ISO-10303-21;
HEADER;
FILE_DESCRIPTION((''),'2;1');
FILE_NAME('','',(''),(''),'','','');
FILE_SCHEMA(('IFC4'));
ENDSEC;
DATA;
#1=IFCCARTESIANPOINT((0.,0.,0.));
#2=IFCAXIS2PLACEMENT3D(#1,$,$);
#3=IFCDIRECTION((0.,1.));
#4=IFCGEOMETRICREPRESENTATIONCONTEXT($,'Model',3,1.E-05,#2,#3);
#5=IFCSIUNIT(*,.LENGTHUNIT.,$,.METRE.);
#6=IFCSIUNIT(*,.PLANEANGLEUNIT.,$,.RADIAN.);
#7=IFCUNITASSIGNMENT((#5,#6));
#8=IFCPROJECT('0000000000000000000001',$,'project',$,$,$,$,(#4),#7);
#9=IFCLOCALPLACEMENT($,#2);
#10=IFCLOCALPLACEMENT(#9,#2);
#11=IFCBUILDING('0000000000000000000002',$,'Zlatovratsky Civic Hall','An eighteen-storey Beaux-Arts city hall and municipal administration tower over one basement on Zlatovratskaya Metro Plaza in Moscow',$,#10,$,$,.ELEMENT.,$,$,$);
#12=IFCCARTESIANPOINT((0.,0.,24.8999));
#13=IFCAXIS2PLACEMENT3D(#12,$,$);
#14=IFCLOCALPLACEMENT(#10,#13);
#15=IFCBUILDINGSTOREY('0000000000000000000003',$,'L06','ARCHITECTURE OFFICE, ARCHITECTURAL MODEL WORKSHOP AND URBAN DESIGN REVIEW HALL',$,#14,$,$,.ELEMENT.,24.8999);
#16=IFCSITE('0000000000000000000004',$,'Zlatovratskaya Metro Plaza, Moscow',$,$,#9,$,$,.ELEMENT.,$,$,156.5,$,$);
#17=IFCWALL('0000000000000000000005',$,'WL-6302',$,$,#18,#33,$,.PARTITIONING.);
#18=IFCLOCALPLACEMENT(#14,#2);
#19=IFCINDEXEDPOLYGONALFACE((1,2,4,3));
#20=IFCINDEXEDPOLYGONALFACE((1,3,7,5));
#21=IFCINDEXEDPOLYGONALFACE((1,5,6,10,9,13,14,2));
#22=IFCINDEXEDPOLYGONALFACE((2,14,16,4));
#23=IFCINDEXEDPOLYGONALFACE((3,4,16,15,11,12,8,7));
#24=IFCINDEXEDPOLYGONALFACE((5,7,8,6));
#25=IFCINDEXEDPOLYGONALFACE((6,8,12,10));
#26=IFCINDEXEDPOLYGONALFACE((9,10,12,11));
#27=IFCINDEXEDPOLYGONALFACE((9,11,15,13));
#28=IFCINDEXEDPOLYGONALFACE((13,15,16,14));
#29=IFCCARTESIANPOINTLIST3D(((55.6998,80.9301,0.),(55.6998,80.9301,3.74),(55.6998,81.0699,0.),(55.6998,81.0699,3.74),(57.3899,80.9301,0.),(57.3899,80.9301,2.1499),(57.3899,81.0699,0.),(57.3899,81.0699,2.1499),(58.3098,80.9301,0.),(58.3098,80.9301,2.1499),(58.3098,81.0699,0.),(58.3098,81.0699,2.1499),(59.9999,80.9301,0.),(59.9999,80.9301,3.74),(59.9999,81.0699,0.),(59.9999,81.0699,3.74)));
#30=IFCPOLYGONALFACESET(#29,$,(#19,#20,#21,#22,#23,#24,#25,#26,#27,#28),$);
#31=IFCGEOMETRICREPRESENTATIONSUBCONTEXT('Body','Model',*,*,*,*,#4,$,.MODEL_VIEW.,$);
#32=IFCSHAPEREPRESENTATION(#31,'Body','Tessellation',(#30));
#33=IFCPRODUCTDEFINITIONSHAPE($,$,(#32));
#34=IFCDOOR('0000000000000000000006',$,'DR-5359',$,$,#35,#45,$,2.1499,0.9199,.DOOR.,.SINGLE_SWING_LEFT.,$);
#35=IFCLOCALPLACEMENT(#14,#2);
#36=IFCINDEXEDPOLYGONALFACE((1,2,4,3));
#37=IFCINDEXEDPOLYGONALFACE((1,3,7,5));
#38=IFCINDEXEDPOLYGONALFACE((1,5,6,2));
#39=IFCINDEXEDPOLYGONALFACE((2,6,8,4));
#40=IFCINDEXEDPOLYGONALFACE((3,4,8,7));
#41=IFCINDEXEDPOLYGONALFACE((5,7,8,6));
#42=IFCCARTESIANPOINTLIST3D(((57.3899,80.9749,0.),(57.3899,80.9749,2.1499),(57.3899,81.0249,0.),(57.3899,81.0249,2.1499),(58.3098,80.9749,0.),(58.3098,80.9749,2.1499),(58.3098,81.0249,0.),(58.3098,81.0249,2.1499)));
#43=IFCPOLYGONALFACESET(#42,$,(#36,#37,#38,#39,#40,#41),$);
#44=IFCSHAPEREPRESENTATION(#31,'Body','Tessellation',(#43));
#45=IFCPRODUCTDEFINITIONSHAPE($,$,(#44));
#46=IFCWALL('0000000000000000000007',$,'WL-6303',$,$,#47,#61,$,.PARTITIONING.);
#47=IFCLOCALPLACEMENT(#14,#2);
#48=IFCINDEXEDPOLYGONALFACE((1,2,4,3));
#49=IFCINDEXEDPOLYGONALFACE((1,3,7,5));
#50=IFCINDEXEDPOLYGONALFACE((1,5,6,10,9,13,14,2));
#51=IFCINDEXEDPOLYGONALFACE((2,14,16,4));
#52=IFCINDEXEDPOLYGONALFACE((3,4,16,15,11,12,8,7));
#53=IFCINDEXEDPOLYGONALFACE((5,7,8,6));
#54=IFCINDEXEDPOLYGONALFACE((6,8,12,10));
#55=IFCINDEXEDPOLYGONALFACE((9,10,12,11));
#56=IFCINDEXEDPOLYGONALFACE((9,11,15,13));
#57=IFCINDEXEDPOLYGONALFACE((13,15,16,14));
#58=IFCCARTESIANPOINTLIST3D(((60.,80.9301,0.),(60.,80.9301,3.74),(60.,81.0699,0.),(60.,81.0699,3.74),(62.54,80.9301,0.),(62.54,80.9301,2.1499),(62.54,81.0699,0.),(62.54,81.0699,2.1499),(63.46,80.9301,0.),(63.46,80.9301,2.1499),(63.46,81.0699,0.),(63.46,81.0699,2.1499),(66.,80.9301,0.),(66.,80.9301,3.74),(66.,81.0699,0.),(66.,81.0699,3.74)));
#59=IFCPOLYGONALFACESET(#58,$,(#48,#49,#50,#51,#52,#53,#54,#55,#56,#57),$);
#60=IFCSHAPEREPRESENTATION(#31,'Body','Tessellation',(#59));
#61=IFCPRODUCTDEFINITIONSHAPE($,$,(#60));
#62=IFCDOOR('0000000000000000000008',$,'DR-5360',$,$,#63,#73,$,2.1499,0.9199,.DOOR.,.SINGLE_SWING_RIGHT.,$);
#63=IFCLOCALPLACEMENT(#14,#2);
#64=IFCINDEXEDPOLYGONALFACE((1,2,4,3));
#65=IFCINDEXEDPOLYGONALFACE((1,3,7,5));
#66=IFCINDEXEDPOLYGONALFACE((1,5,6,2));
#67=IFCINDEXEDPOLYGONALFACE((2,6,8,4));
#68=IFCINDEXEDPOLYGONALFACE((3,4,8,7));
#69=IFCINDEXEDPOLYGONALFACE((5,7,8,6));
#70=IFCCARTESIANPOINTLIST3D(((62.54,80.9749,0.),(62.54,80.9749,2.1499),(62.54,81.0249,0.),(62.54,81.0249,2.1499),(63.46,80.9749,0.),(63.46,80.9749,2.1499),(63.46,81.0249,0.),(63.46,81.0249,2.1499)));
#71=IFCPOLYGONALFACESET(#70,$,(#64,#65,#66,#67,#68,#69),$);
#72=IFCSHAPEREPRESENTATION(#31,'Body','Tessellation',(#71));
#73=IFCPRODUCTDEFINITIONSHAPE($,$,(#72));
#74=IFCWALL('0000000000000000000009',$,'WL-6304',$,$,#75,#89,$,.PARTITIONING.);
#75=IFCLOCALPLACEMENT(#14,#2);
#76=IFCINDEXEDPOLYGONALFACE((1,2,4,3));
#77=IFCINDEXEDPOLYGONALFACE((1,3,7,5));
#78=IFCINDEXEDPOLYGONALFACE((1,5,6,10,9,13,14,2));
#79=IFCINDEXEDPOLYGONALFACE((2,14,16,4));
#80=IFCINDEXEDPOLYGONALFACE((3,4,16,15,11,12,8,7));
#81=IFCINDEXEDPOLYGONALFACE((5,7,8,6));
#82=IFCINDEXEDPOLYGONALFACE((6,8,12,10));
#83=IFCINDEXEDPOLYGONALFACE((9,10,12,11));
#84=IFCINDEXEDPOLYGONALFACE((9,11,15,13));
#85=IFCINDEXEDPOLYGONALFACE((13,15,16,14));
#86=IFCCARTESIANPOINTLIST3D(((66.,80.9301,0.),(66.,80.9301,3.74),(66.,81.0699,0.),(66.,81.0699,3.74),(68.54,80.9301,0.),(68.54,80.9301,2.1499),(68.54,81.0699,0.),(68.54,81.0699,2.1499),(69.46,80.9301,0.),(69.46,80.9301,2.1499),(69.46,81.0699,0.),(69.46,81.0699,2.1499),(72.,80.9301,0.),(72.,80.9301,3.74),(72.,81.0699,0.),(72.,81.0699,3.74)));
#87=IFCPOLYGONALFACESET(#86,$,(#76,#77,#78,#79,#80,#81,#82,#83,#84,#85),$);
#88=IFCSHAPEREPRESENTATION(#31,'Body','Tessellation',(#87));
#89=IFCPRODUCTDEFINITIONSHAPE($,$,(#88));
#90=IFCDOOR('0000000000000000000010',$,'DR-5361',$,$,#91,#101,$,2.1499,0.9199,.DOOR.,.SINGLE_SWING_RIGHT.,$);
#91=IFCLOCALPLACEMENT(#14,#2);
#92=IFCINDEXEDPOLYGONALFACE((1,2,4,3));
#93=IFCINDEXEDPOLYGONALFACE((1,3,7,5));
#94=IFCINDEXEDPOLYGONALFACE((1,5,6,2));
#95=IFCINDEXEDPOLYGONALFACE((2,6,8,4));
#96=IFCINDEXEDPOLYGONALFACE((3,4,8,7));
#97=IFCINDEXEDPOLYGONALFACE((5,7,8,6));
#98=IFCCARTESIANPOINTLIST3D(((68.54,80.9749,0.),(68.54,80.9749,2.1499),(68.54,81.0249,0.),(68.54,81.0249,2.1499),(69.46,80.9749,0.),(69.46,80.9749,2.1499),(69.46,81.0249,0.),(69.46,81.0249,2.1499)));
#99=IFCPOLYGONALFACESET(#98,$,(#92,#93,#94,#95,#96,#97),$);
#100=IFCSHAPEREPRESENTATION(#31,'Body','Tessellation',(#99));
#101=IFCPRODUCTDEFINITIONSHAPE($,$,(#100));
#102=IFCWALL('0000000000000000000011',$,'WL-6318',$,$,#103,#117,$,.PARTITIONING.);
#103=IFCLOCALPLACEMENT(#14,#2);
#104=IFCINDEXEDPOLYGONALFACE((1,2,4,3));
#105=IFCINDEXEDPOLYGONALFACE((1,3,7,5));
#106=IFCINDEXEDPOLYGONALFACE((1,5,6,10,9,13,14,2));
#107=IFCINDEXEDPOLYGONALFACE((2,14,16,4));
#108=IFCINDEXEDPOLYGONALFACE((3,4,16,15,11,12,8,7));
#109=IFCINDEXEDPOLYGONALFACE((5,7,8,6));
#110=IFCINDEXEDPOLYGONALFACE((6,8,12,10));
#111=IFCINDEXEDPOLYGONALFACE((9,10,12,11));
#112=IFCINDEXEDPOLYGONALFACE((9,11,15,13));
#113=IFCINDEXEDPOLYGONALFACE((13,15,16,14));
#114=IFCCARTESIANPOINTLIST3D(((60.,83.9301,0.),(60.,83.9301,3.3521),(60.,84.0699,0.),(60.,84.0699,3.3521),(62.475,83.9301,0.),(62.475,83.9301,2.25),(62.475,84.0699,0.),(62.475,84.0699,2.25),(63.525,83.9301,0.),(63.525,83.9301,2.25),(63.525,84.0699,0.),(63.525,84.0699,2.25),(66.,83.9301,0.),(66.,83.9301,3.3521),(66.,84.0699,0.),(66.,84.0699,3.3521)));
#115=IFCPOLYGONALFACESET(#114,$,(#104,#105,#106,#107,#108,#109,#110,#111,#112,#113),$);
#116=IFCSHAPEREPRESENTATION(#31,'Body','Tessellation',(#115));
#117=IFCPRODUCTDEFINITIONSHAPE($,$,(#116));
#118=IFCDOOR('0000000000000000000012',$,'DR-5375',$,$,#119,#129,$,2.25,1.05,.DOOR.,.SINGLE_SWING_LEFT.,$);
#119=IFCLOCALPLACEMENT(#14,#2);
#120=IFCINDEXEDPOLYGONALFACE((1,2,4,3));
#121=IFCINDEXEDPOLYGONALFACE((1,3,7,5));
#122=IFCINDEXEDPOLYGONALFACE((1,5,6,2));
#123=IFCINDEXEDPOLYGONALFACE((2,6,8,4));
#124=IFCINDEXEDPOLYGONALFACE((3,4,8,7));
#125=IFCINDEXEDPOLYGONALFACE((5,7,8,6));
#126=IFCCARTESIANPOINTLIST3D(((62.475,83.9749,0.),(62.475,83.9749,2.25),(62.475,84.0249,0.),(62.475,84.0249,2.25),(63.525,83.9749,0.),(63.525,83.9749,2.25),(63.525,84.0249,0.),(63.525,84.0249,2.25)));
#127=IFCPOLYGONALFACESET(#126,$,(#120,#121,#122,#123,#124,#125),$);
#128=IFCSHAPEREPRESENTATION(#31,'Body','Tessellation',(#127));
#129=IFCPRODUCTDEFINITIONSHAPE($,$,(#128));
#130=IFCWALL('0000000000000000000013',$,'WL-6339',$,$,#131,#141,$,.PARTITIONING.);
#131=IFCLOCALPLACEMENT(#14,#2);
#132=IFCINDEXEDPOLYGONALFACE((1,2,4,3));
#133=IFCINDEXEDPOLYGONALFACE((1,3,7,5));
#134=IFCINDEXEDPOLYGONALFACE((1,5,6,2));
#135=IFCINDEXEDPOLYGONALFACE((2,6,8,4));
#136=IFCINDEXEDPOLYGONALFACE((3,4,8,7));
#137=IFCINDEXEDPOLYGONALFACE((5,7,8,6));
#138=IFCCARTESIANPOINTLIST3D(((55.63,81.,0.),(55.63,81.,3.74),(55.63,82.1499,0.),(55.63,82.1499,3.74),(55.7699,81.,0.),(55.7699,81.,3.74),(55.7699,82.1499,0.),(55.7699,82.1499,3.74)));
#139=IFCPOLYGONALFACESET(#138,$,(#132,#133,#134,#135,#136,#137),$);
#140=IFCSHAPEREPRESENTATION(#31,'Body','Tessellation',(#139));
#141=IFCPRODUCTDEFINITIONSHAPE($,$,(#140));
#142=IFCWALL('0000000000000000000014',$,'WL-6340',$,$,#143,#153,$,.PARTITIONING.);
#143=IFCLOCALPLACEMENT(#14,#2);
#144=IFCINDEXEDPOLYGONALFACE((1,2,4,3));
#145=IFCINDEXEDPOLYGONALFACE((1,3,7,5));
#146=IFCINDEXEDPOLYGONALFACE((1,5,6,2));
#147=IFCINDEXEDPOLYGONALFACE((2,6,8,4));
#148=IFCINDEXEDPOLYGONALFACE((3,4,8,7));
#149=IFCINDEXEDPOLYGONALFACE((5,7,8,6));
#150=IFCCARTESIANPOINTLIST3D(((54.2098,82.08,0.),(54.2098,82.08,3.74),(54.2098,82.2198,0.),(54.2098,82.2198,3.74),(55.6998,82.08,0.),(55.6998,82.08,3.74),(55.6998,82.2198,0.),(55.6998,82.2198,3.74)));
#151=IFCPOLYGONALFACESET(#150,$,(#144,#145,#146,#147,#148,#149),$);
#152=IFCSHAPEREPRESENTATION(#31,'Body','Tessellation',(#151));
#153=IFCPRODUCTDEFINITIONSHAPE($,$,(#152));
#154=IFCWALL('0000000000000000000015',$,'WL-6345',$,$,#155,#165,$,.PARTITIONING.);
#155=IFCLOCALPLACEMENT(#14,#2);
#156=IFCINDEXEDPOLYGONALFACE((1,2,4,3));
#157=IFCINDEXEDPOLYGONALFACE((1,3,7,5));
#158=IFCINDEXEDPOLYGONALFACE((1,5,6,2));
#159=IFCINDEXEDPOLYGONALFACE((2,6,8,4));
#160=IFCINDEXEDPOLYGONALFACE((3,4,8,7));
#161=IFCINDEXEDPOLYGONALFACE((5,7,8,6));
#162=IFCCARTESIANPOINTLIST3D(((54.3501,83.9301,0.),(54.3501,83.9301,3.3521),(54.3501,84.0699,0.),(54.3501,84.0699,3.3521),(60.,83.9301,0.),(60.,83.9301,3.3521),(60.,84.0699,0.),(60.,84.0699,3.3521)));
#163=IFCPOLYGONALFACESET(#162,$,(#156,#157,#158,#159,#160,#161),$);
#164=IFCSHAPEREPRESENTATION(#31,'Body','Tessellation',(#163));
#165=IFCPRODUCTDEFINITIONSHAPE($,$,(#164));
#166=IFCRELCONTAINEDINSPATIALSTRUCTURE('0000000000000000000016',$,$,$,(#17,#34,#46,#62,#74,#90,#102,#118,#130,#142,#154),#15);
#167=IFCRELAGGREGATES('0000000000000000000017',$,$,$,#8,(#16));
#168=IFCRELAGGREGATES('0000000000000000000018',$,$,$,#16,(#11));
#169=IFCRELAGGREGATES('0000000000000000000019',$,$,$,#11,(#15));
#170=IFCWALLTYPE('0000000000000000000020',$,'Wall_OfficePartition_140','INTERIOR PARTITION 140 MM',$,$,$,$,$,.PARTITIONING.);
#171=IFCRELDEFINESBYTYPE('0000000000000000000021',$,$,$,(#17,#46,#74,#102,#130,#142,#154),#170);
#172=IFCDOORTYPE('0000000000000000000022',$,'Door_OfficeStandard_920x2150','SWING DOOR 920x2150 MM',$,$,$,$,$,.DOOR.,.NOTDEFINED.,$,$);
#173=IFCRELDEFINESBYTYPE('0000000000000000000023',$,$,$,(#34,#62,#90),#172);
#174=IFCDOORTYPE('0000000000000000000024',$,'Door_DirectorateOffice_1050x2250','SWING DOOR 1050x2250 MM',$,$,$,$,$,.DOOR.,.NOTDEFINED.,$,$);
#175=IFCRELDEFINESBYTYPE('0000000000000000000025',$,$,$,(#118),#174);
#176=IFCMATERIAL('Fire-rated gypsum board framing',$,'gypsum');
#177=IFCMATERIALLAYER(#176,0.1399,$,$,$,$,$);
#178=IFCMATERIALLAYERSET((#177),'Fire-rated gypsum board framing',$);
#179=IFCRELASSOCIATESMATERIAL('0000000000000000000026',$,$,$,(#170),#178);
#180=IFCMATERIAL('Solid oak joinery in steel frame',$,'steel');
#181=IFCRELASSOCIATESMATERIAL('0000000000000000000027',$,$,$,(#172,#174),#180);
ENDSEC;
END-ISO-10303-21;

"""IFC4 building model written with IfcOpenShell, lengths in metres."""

from ifc_helpers import new_model, si_unit, direction, frame, frame_2d, origin, place, context, subcontext, project, spatial, rectangle, extrude, material, layer, layer_set, type_object, element, fill, save


model = new_model("IFC4")

# Units and contexts
model_context = context("Model", 3, precision=1e-05, world=origin(), true_north=direction((0.0, 1.0)))
body_context = subcontext(model_context, "Body", "Model", "MODEL_VIEW")
ifc_project = project(units=[si_unit("LENGTHUNIT", "METRE"), si_unit("PLANEANGLEUNIT", "RADIAN")], contexts=[model_context])

# Site, building, storey
site_placement = place(None, origin())
site = spatial("IfcSite", under=ifc_project, at=site_placement, Name="Zlatovratskaya Metro Plaza, Moscow", CompositionType="ELEMENT", RefElevation=156.5)
building_placement = place(site_placement, origin())
building = spatial("IfcBuilding", under=site, at=building_placement, Name="Zlatovratsky Civic Hall", Description="An eighteen-storey Beaux-Arts city hall and municipal administration tower over one basement on Zlatovratskaya Metro Plaza in Moscow", CompositionType="ELEMENT")
storey_placement = place(building_placement, frame((0.0, 0.0, 24.8999)))
storey = spatial("IfcBuildingStorey", under=building, at=storey_placement, Name="L06", Description="ARCHITECTURE OFFICE, ARCHITECTURAL MODEL WORKSHOP AND URBAN DESIGN REVIEW HALL", CompositionType="ELEMENT", Elevation=24.8999)

# Walls, openings, doors
ifc_material_1 = material(Name="Fire-rated gypsum board framing", Category="gypsum")
ifc_layer_1 = layer(ifc_material_1, 0.1399)
ifc_layer_set_1 = layer_set([ifc_layer_1], Name="Fire-rated gypsum board framing")
wall_type_1 = type_object("IfcWallType", Name="Wall_OfficePartition_140", Description="INTERIOR PARTITION 140 MM", PredefinedType="PARTITIONING", material=ifc_layer_set_1)
wall_1_placement = place(storey_placement, frame((55.7, 81.0, 0.0), z_axis=(0.0, 0.0, 1.0), x_axis=(1.0, 0.0, 0.0)))
wall_1 = element("IfcWall", 1, at=wall_1_placement, inside=storey, type_object=wall_type_1, Name="WL-6302", PredefinedType="PARTITIONING", context=body_context, shape_type="SweptSolid", body=[
    extrude(rectangle(XDim=4.3, YDim=0.1399, at=frame_2d((2.1499, 0.0))), origin(), (0.0, 0.0, 1.0), 3.74),
])
opening_1_placement = place(wall_1_placement, frame((1.6899, 0.0, 0.0)))
opening_1 = element("IfcOpeningElement", 2, at=opening_1_placement, cuts=wall_1, PredefinedType="OPENING", context=body_context, shape_type="SweptSolid", body=[
    extrude(rectangle(XDim=0.9199, YDim=2.1499, at=frame_2d((0.46, 1.075))), frame((0.0, 0.085, 0.0), z_axis=(0.0, -1.0, 0.0), x_axis=(1.0, 0.0, 0.0)), (0.0, 0.0, 1.0), 0.1697),
])
ifc_material_2 = material(Name="Solid oak joinery in steel frame", Category="steel")
door_type_1 = type_object("IfcDoorType", Name="Door_OfficeStandard_920x2150", Description="SWING DOOR 920x2150 MM", OperationType="NOTDEFINED", PredefinedType="DOOR", material=ifc_material_2)
door_1_placement = place(opening_1_placement, origin())
door_1 = element("IfcDoor", 3, at=door_1_placement, inside=storey, type_object=door_type_1, Name="DR-5359", OperationType="SINGLE_SWING_LEFT", OverallHeight=2.1499, OverallWidth=0.9199, PredefinedType="DOOR", context=body_context, shape_type="SweptSolid", body=[
    extrude(rectangle(XDim=0.9199, YDim=2.1499, at=frame_2d((0.46, 1.075))), frame((0.0, 0.0249, 0.0), z_axis=(0.0, -1.0, 0.0), x_axis=(1.0, 0.0, 0.0)), (0.0, 0.0, 1.0), 0.05),
])
fill(opening_1, door_1)
wall_2_placement = place(storey_placement, frame((60.0, 81.0, 0.0), z_axis=(0.0, 0.0, 1.0), x_axis=(1.0, 0.0, 0.0)))
wall_2 = element("IfcWall", 4, at=wall_2_placement, inside=storey, type_object=wall_type_1, Name="WL-6303", PredefinedType="PARTITIONING", context=body_context, shape_type="SweptSolid", body=[
    extrude(rectangle(XDim=6.0, YDim=0.1399, at=frame_2d((3.0, 0.0))), origin(), (0.0, 0.0, 1.0), 3.74),
])
opening_2_placement = place(wall_2_placement, frame((2.54, 0.0, 0.0)))
opening_2 = element("IfcOpeningElement", 5, at=opening_2_placement, cuts=wall_2, PredefinedType="OPENING", context=body_context, shape_type="SweptSolid", body=[
    extrude(rectangle(XDim=0.9199, YDim=2.1499, at=frame_2d((0.46, 1.075))), frame((0.0, 0.085, 0.0), z_axis=(0.0, -1.0, 0.0), x_axis=(1.0, 0.0, 0.0)), (0.0, 0.0, 1.0), 0.1697),
])
door_2_placement = place(opening_2_placement, origin())
door_2 = element("IfcDoor", 6, at=door_2_placement, inside=storey, type_object=door_type_1, Name="DR-5360", OperationType="SINGLE_SWING_RIGHT", OverallHeight=2.1499, OverallWidth=0.9199, PredefinedType="DOOR", context=body_context, shape_type="SweptSolid", body=[
    extrude(rectangle(XDim=0.9199, YDim=2.1499, at=frame_2d((0.46, 1.075))), frame((0.0, 0.0249, 0.0), z_axis=(0.0, -1.0, 0.0), x_axis=(1.0, 0.0, 0.0)), (0.0, 0.0, 1.0), 0.05),
])
fill(opening_2, door_2)
wall_3_placement = place(storey_placement, frame((66.0, 81.0, 0.0), z_axis=(0.0, 0.0, 1.0), x_axis=(1.0, 0.0, 0.0)))
wall_3 = element("IfcWall", 7, at=wall_3_placement, inside=storey, type_object=wall_type_1, Name="WL-6304", PredefinedType="PARTITIONING", context=body_context, shape_type="SweptSolid", body=[
    extrude(rectangle(XDim=6.0, YDim=0.1399, at=frame_2d((3.0, 0.0))), origin(), (0.0, 0.0, 1.0), 3.74),
])
opening_3_placement = place(wall_3_placement, frame((2.54, 0.0, 0.0)))
opening_3 = element("IfcOpeningElement", 8, at=opening_3_placement, cuts=wall_3, PredefinedType="OPENING", context=body_context, shape_type="SweptSolid", body=[
    extrude(rectangle(XDim=0.9199, YDim=2.1499, at=frame_2d((0.46, 1.075))), frame((0.0, 0.085, 0.0), z_axis=(0.0, -1.0, 0.0), x_axis=(1.0, 0.0, 0.0)), (0.0, 0.0, 1.0), 0.1697),
])
door_3_placement = place(opening_3_placement, origin())
door_3 = element("IfcDoor", 9, at=door_3_placement, inside=storey, type_object=door_type_1, Name="DR-5361", OperationType="SINGLE_SWING_RIGHT", OverallHeight=2.1499, OverallWidth=0.9199, PredefinedType="DOOR", context=body_context, shape_type="SweptSolid", body=[
    extrude(rectangle(XDim=0.9199, YDim=2.1499, at=frame_2d((0.46, 1.075))), frame((0.0, 0.0249, 0.0), z_axis=(0.0, -1.0, 0.0), x_axis=(1.0, 0.0, 0.0)), (0.0, 0.0, 1.0), 0.05),
])
fill(opening_3, door_3)
wall_4_placement = place(storey_placement, frame((60.0, 84.0, 0.0), z_axis=(0.0, 0.0, 1.0), x_axis=(1.0, 0.0, 0.0)))
wall_4 = element("IfcWall", 10, at=wall_4_placement, inside=storey, type_object=wall_type_1, Name="WL-6318", PredefinedType="PARTITIONING", context=body_context, shape_type="SweptSolid", body=[
    extrude(rectangle(XDim=6.0, YDim=0.1399, at=frame_2d((3.0, 0.0))), origin(), (0.0, 0.0, 1.0), 3.3521),
])
opening_4_placement = place(wall_4_placement, frame((2.4751, 0.0, 0.0)))
opening_4 = element("IfcOpeningElement", 11, at=opening_4_placement, cuts=wall_4, PredefinedType="OPENING", context=body_context, shape_type="SweptSolid", body=[
    extrude(rectangle(XDim=1.05, YDim=2.25, at=frame_2d((0.5249, 1.125))), frame((0.0, 0.085, 0.0), z_axis=(0.0, -1.0, 0.0), x_axis=(1.0, 0.0, 0.0)), (0.0, 0.0, 1.0), 0.1697),
])
door_type_2 = type_object("IfcDoorType", Name="Door_DirectorateOffice_1050x2250", Description="SWING DOOR 1050x2250 MM", OperationType="NOTDEFINED", PredefinedType="DOOR", material=ifc_material_2)
door_4_placement = place(opening_4_placement, origin())
door_4 = element("IfcDoor", 12, at=door_4_placement, inside=storey, type_object=door_type_2, Name="DR-5375", OperationType="SINGLE_SWING_LEFT", OverallHeight=2.25, OverallWidth=1.05, PredefinedType="DOOR", context=body_context, shape_type="SweptSolid", body=[
    extrude(rectangle(XDim=1.05, YDim=2.25, at=frame_2d((0.5249, 1.125))), frame((0.0, 0.0249, 0.0), z_axis=(0.0, -1.0, 0.0), x_axis=(1.0, 0.0, 0.0)), (0.0, 0.0, 1.0), 0.05),
])
fill(opening_4, door_4)

# Walls
wall_5_placement = place(storey_placement, frame((55.7, 81.0, 0.0), z_axis=(0.0, 0.0, 1.0), x_axis=(0.0, 1.0, 0.0)))
element("IfcWall", 13, at=wall_5_placement, inside=storey, type_object=wall_type_1, Name="WL-6339", PredefinedType="PARTITIONING", context=body_context, shape_type="SweptSolid", body=[
    extrude(rectangle(XDim=1.1499, YDim=0.1399, at=frame_2d((0.575, 0.0))), origin(), (0.0, 0.0, 1.0), 3.74),
])
wall_6_placement = place(storey_placement, frame((55.7, 82.1499, 0.0), z_axis=(0.0, 0.0, 1.0), x_axis=(-1.0, 0.0, 0.0)))
element("IfcWall", 14, at=wall_6_placement, inside=storey, type_object=wall_type_1, Name="WL-6340", PredefinedType="PARTITIONING", context=body_context, shape_type="SweptSolid", body=[
    extrude(rectangle(XDim=1.49, YDim=0.1399, at=frame_2d((0.7451, 0.0))), origin(), (0.0, 0.0, 1.0), 3.74),
])
wall_7_placement = place(storey_placement, frame((54.3501, 84.0, 0.0), z_axis=(0.0, 0.0, 1.0), x_axis=(1.0, 0.0, 0.0)))
element("IfcWall", 15, at=wall_7_placement, inside=storey, type_object=wall_type_1, Name="WL-6345", PredefinedType="PARTITIONING", context=body_context, shape_type="SweptSolid", body=[
    extrude(rectangle(XDim=5.6499, YDim=0.1399, at=frame_2d((2.825, 0.0))), origin(), (0.0, 0.0, 1.0), 3.3521),
])

save(model, "model.ifc")
